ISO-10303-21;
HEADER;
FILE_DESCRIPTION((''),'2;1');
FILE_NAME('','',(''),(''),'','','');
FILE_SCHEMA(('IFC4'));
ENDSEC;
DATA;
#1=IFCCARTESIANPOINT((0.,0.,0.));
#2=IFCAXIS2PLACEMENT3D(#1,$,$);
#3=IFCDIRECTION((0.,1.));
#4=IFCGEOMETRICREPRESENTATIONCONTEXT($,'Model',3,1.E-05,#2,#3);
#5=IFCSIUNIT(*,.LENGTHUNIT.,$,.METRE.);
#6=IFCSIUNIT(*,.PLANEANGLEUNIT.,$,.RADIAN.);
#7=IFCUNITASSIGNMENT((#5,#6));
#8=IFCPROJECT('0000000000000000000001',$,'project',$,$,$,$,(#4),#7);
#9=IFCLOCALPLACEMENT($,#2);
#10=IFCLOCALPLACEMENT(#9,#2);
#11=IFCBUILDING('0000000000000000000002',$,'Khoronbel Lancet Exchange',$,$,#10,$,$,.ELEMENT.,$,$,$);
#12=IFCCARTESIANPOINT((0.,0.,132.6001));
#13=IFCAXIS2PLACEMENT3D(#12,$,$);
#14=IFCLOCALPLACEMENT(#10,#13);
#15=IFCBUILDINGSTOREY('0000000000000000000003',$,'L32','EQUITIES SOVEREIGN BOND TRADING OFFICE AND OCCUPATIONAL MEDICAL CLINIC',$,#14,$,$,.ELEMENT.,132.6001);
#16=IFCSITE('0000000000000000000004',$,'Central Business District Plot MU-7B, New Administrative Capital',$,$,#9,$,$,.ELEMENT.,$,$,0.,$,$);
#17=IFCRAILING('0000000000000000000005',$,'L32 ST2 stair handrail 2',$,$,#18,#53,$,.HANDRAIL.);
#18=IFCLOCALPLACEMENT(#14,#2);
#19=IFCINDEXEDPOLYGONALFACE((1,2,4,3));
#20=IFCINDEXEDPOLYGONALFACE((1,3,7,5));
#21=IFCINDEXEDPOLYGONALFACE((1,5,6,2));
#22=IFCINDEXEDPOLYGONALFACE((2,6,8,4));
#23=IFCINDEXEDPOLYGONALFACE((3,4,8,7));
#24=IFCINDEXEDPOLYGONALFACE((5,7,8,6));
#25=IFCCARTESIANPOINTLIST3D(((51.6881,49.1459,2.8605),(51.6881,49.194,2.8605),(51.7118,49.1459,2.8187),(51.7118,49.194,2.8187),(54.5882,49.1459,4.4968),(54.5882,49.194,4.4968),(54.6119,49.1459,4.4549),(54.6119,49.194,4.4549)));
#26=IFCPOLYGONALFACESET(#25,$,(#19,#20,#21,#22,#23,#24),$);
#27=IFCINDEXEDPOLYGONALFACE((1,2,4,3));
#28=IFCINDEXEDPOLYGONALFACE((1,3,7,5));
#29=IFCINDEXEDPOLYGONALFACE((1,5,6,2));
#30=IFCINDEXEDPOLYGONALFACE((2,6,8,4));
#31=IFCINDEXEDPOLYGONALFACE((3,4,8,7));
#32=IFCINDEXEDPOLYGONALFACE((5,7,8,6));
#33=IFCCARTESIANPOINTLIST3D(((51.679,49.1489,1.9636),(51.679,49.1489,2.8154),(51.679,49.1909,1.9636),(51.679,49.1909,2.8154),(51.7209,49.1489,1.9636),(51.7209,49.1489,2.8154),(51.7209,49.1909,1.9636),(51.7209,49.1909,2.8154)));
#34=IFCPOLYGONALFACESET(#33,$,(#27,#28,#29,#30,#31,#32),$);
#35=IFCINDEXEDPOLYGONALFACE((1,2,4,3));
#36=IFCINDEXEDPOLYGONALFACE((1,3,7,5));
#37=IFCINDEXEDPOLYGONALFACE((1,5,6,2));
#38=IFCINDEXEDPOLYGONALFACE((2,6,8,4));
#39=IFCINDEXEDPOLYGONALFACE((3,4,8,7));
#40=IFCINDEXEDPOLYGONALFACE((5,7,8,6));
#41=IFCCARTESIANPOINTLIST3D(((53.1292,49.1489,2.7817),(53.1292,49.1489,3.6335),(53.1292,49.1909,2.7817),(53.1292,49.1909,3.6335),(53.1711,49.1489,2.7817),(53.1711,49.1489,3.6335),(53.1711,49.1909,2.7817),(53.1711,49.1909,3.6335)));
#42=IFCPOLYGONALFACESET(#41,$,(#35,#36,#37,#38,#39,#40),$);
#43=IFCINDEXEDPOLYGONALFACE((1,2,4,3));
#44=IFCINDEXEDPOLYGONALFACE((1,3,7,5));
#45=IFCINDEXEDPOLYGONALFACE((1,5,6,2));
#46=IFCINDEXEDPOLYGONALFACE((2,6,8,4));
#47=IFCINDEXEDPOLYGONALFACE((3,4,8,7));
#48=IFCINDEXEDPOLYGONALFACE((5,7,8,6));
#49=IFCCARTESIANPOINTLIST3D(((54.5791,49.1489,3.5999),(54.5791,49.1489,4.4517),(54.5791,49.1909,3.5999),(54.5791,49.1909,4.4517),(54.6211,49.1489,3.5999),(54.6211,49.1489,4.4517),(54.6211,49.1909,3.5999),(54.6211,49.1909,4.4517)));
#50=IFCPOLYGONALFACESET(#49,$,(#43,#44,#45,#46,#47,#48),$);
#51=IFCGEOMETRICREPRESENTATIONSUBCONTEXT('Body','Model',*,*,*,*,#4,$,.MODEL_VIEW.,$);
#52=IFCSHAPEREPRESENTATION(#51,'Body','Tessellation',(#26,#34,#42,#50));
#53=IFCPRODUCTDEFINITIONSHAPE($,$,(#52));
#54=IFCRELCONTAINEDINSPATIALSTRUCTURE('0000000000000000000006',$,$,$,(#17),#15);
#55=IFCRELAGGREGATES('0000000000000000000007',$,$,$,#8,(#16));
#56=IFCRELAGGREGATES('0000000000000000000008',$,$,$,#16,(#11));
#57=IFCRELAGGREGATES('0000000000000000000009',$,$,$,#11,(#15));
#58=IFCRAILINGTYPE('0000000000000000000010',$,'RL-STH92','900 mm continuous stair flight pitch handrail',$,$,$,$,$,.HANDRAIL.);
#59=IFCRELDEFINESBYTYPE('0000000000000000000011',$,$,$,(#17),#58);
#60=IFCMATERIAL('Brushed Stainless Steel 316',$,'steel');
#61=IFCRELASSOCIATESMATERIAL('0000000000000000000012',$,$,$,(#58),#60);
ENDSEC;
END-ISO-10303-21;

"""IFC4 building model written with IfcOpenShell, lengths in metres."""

from ifc_helpers import new_model, si_unit, direction, frame, origin, origin_2d, place, context, subcontext, project, spatial, rectangle, extrude, material, type_object, element, save


model = new_model("IFC4")

# Units and contexts
model_context = context("Model", 3, precision=1e-05, world=origin(), true_north=direction((0.0, 1.0)))
body_context = subcontext(model_context, "Body", "Model", "MODEL_VIEW")
ifc_project = project(units=[si_unit("LENGTHUNIT", "METRE"), si_unit("PLANEANGLEUNIT", "RADIAN")], contexts=[model_context])

# Site, building, storey
site_placement = place(None, origin())
site = spatial("IfcSite", under=ifc_project, at=site_placement, Name="Central Business District Plot MU-7B, New Administrative Capital", CompositionType="ELEMENT", RefElevation=0.0)
building_placement = place(site_placement, origin())
building = spatial("IfcBuilding", under=site, at=building_placement, Name="Khoronbel Lancet Exchange", CompositionType="ELEMENT")
storey_placement = place(building_placement, frame((0.0, 0.0, 132.6001)))
storey = spatial("IfcBuildingStorey", under=building, at=storey_placement, Name="L32", Description="EQUITIES SOVEREIGN BOND TRADING OFFICE AND OCCUPATIONAL MEDICAL CLINIC", CompositionType="ELEMENT", Elevation=132.6001)

# Railing
ifc_material_1 = material(Name="Brushed Stainless Steel 316", Category="steel")
railing_type_1 = type_object("IfcRailingType", Name="RL-STH92", Description="900 mm continuous stair flight pitch handrail", PredefinedType="HANDRAIL", material=ifc_material_1)
railing_1_placement = place(storey_placement, frame((51.7, 49.1699, 1.9636)))
element("IfcRailing", 1, at=railing_1_placement, inside=storey, type_object=railing_type_1, Name="L32 ST2 stair handrail 2", PredefinedType="HANDRAIL", context=body_context, shape_type="SweptSolid", body=[
    extrude(rectangle(XDim=0.0481, YDim=0.0481, at=origin_2d()), frame((0.0, 0.0, 0.876), z_axis=(0.870946, 0.0, 0.491378), x_axis=(0.0, 1.0, 0.0)), (0.0, 0.0, 1.0), 3.3298),
    extrude(rectangle(XDim=0.042, YDim=0.042, at=origin_2d()), origin(), (0.0, 0.0, 1.0), 0.8518),
    extrude(rectangle(XDim=0.042, YDim=0.042, at=origin_2d()), frame((1.4502, 0.0, 0.8181)), (0.0, 0.0, 1.0), 0.8518),
    extrude(rectangle(XDim=0.042, YDim=0.042, at=origin_2d()), frame((2.9001, 0.0, 1.6362)), (0.0, 0.0, 1.0), 0.8518),
])

save(model, "model.ifc")
